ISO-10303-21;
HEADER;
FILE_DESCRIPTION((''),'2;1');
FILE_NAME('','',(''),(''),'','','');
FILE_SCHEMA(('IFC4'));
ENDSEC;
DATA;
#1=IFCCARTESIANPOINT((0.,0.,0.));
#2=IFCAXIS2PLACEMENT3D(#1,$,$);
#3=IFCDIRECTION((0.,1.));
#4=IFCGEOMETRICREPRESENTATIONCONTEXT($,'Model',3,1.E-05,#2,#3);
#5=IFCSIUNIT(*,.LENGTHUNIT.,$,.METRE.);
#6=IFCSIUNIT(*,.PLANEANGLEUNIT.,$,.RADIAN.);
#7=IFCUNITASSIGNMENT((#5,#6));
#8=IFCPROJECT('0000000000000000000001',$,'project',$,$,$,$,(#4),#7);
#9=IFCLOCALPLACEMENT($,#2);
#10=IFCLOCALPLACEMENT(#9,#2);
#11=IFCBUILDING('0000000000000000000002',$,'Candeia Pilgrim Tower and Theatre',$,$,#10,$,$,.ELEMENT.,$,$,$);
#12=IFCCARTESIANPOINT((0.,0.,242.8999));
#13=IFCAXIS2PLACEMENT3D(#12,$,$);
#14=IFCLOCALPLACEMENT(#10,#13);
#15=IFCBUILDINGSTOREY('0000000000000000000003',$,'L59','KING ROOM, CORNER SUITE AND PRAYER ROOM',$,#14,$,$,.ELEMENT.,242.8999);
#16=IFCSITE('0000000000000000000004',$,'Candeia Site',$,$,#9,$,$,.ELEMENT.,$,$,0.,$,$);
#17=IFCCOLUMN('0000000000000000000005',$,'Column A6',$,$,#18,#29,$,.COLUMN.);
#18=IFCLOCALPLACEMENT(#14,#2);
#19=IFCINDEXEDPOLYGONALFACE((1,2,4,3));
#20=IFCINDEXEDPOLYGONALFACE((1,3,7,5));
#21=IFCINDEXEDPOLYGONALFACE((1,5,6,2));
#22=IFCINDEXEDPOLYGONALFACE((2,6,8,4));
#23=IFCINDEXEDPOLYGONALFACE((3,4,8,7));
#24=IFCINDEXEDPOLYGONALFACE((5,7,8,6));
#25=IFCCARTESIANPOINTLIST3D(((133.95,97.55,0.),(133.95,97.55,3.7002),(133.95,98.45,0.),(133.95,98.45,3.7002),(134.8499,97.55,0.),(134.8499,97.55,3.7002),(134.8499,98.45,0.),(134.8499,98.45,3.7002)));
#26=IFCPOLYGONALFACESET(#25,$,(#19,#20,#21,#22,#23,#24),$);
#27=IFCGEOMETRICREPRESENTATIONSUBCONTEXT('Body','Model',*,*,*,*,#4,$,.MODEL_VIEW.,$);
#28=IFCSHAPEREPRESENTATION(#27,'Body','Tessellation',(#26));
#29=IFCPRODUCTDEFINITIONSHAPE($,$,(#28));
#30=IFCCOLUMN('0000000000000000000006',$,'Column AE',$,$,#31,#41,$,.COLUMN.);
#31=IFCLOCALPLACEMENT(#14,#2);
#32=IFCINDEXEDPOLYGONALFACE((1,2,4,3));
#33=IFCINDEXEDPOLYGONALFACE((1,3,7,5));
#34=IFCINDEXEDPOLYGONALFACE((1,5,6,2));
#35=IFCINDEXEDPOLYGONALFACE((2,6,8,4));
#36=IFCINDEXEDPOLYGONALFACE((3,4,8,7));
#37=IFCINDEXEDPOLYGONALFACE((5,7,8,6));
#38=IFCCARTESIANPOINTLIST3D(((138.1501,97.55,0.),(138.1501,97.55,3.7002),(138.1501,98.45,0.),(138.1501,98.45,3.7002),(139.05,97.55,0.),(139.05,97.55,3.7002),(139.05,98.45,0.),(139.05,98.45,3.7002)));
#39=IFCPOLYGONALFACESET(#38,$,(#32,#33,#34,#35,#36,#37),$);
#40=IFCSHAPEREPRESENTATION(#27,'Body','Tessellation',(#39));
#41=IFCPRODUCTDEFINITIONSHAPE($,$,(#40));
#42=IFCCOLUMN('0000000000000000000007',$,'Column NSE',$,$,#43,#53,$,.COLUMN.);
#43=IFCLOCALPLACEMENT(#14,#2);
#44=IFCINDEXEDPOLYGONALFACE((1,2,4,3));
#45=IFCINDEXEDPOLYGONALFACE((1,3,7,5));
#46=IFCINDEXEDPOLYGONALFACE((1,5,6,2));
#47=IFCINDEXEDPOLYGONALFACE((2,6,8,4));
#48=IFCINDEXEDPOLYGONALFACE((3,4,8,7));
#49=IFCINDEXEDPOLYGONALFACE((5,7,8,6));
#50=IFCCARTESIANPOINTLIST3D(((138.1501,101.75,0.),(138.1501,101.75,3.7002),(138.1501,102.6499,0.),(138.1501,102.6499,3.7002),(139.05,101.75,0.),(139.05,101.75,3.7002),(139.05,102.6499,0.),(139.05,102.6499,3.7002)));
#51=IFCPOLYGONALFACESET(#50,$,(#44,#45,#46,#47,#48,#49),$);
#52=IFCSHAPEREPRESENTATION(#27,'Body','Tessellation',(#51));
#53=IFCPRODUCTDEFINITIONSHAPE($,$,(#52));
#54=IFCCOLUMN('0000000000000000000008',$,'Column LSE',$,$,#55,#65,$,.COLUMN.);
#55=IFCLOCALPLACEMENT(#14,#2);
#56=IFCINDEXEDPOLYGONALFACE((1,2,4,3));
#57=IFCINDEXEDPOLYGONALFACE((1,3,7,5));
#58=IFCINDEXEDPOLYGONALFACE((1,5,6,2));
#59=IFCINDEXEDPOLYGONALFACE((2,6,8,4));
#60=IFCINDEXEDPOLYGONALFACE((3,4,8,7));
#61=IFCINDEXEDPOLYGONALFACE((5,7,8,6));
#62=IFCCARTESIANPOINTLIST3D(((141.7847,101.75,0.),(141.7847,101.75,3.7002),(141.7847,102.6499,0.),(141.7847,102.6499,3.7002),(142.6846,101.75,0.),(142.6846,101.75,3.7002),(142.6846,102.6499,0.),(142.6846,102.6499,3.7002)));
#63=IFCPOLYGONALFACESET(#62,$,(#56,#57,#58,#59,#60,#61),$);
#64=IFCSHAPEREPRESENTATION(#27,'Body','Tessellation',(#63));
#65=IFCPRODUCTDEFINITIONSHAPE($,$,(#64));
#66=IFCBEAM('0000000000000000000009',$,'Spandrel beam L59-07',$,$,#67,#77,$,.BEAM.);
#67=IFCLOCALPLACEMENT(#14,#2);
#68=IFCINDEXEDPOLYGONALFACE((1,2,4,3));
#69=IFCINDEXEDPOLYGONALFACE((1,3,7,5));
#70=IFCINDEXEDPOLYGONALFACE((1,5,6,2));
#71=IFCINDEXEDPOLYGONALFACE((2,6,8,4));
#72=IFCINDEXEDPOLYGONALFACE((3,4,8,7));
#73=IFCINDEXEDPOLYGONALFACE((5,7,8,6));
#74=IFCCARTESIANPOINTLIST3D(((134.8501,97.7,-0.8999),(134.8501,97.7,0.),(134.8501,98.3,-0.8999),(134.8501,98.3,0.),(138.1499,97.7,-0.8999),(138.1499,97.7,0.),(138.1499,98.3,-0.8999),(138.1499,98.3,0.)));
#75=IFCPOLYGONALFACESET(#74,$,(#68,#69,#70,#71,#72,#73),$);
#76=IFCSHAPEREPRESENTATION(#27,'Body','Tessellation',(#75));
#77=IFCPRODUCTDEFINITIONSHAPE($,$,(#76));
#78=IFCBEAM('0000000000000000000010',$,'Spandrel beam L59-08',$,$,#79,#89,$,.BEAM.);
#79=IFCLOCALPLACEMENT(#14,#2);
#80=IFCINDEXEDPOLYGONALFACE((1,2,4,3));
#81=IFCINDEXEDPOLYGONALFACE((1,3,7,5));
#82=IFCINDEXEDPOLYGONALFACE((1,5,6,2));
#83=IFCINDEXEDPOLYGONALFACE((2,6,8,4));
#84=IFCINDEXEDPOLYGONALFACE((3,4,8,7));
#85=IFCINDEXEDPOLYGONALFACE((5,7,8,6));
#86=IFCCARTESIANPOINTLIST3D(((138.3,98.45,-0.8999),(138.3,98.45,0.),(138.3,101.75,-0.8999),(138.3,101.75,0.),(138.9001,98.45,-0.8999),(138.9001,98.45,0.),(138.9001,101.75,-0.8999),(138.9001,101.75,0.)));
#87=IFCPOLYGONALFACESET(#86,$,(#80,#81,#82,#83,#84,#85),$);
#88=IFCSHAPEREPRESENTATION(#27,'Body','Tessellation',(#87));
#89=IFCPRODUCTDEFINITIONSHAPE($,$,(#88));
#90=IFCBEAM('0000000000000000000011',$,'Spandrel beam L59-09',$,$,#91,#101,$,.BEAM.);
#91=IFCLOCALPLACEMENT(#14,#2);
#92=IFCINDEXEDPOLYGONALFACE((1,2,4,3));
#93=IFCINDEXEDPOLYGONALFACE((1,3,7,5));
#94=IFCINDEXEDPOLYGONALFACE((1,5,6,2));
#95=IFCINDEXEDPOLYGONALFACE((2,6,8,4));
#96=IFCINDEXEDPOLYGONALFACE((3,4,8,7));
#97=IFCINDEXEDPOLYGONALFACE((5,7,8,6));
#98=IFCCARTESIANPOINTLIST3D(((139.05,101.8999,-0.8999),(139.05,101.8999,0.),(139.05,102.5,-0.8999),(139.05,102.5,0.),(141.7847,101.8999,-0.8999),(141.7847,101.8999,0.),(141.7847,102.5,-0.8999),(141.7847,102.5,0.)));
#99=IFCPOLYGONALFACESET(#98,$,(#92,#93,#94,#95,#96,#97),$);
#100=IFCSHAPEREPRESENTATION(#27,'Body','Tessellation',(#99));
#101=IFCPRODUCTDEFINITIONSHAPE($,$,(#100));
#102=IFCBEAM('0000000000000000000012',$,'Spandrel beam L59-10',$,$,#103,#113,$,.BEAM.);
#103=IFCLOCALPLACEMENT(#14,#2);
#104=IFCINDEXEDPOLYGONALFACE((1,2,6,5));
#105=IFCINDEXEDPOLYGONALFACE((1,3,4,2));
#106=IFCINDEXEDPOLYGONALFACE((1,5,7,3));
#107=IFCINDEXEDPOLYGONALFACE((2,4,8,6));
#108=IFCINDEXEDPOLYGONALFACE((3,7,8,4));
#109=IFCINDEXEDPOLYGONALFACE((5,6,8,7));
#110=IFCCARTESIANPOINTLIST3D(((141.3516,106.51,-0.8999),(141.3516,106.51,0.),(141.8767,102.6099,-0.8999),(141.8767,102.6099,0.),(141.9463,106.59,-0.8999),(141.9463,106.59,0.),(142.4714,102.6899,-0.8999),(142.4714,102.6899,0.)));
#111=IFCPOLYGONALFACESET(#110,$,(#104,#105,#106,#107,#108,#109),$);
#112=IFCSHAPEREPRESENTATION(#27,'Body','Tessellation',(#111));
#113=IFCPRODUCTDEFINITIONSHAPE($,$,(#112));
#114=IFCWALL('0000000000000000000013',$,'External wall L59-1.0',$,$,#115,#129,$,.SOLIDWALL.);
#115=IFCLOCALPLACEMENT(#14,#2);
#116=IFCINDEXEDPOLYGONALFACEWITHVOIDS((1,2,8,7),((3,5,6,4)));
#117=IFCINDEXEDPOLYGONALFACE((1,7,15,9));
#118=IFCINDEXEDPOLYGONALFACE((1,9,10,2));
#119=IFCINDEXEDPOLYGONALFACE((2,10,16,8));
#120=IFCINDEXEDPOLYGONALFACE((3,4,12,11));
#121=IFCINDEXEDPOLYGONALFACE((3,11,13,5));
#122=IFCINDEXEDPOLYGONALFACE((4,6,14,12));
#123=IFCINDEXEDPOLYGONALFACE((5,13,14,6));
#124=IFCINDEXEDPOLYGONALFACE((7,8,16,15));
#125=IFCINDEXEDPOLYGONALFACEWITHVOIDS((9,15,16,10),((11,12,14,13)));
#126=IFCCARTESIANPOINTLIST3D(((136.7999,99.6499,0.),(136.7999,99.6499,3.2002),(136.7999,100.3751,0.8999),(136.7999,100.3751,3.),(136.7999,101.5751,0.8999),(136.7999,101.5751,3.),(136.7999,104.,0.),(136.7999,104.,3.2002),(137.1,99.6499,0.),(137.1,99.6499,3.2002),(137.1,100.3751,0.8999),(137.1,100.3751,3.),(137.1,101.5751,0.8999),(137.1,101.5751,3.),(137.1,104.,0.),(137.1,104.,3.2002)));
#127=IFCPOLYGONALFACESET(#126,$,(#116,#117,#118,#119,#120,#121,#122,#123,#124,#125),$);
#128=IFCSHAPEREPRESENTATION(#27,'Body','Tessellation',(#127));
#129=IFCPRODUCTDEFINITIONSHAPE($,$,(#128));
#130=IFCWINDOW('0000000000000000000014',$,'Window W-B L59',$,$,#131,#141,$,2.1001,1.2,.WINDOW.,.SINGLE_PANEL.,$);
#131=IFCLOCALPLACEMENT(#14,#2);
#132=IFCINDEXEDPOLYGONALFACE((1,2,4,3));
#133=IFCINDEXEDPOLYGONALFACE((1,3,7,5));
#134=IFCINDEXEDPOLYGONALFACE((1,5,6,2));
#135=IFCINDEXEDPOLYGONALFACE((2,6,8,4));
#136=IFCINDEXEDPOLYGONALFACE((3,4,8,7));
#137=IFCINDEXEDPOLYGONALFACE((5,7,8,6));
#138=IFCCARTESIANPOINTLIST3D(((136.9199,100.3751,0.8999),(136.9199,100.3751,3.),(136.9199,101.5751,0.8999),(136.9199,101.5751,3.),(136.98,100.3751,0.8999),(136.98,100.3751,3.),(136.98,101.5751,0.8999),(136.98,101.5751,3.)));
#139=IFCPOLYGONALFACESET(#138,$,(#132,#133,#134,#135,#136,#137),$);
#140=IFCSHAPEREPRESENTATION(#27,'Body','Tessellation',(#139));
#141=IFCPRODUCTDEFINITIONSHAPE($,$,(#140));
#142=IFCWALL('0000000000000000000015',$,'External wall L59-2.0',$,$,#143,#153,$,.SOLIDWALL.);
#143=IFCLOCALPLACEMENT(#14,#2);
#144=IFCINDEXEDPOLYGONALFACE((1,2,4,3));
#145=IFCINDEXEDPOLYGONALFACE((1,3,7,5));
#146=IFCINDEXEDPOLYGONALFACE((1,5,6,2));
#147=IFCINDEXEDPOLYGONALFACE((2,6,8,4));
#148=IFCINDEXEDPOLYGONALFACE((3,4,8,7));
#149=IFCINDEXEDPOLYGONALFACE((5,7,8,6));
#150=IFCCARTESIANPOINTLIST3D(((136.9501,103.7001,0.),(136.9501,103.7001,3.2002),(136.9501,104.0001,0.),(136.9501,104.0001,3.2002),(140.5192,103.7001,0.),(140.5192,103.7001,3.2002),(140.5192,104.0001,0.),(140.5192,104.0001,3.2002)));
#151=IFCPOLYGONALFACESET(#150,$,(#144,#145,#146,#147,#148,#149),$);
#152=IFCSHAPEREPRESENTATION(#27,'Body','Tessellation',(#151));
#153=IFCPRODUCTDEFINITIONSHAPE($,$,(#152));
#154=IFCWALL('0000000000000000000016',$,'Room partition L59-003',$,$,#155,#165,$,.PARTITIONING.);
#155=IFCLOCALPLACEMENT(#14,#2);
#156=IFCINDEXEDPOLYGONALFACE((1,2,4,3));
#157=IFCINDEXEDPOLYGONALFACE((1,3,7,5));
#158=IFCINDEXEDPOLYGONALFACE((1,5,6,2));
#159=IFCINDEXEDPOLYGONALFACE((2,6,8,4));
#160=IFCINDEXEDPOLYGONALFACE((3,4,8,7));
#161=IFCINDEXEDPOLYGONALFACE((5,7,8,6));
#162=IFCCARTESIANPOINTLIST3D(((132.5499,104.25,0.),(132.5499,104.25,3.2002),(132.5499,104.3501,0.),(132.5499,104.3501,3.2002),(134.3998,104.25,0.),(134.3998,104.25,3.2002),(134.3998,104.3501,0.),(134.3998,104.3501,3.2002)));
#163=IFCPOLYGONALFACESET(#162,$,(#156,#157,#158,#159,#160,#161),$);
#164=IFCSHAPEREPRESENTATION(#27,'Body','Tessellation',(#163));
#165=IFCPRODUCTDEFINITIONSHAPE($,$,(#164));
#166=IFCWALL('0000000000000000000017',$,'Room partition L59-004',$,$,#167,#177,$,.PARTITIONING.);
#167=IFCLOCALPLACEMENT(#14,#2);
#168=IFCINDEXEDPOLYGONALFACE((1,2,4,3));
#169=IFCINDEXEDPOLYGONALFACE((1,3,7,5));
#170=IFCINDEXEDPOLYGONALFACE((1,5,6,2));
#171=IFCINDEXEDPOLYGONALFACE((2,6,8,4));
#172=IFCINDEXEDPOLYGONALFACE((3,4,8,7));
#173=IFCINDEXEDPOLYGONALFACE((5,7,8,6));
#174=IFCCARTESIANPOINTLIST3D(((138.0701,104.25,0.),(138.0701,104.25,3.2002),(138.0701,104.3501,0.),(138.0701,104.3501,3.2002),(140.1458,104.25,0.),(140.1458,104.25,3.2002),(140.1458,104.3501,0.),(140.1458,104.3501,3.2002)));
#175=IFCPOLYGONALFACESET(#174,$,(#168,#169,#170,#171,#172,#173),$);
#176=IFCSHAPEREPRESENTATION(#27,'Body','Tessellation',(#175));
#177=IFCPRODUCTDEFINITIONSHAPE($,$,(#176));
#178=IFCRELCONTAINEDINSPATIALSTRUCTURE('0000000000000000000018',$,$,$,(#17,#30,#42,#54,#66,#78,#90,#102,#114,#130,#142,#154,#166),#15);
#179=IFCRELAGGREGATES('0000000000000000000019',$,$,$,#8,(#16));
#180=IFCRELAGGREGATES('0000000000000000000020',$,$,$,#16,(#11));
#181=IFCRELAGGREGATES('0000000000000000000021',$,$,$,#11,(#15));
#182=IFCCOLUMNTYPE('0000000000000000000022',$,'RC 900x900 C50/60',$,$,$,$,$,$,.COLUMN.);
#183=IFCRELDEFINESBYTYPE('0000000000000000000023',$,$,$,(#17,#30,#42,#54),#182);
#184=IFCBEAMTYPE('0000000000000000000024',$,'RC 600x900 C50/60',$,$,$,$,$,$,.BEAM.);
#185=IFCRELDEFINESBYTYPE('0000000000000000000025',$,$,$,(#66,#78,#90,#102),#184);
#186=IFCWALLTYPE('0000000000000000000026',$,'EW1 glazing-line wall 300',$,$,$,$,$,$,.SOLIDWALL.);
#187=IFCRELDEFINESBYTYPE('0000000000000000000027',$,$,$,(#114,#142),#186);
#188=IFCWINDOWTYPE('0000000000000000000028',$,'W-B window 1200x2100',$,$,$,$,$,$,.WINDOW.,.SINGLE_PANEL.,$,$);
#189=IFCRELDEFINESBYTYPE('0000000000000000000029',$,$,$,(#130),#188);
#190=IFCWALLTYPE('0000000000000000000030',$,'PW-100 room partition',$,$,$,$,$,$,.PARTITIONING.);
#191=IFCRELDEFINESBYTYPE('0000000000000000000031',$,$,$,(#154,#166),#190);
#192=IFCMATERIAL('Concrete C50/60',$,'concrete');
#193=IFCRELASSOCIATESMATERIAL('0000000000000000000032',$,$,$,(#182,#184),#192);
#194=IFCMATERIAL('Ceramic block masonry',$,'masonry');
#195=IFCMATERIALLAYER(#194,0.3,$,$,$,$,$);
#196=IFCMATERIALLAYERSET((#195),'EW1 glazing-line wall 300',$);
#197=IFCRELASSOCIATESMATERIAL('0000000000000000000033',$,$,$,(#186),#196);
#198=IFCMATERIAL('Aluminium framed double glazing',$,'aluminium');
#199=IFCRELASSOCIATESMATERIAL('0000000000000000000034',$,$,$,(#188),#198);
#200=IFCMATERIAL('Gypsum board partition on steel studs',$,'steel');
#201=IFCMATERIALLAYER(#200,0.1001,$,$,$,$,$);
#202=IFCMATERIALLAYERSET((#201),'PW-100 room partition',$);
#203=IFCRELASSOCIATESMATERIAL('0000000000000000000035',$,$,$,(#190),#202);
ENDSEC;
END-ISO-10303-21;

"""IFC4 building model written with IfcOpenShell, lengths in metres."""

from ifc_helpers import new_model, si_unit, direction, frame, frame_2d, origin, origin_2d, place, context, subcontext, project, spatial, rectangle, extrude, material, layer, layer_set, material_profile, profile_set, type_object, element, fill, save


model = new_model("IFC4")

# Units and contexts
model_context = context("Model", 3, precision=1e-05, world=origin(), true_north=direction((0.0, 1.0)))
body_context = subcontext(model_context, "Body", "Model", "MODEL_VIEW")
ifc_project = project(units=[si_unit("LENGTHUNIT", "METRE"), si_unit("PLANEANGLEUNIT", "RADIAN")], contexts=[model_context])

# Site, building, storey
site_placement = place(None, origin())
site = spatial("IfcSite", under=ifc_project, at=site_placement, Name="Candeia Site", CompositionType="ELEMENT", RefElevation=0.0)
building_placement = place(site_placement, origin())
building = spatial("IfcBuilding", under=site, at=building_placement, Name="Candeia Pilgrim Tower and Theatre", CompositionType="ELEMENT")
storey_placement = place(building_placement, frame((0.0, 0.0, 242.8999)))
storey = spatial("IfcBuildingStorey", under=building, at=storey_placement, Name="L59", Description="KING ROOM, CORNER SUITE AND PRAYER ROOM", CompositionType="ELEMENT", Elevation=242.8999)

# Columns
ifc_material_1 = material(Name="Concrete C50/60", Category="concrete")
ifc_material_profile_1 = material_profile(ifc_material_1, rectangle(XDim=0.8999, YDim=0.8999, at=origin_2d()))
ifc_profile_set_1 = profile_set([ifc_material_profile_1], Name="Concrete C50/60")
column_type = type_object("IfcColumnType", Name="RC 900x900 C50/60", PredefinedType="COLUMN", material=ifc_profile_set_1)
for number, where, z_axis, x_axis, name in (
    (1, (134.3999, 98.0, 0.0), (0.0, 0.0, 1.0), (1.0, 0.0, 0.0), "Column A6"),
    (2, (138.6001, 98.0, 0.0), (0.0, 0.0, 1.0), (1.0, 0.0, 0.0), "Column AE"),
    (3, (138.6001, 102.2, 0.0), (0.0, 0.0, 1.0), (1.0, 0.0, 0.0), "Column NSE"),
    (4, (142.2346, 102.2, 0.0), (0.0, 0.0, 1.0), (1.0, 0.0, 0.0), "Column LSE"),
):
    element("IfcColumn", number, at=place(storey_placement, frame(where, z_axis=z_axis, x_axis=x_axis)), inside=storey, type_object=column_type, Name=name, PredefinedType="COLUMN", context=body_context, shape_type="SweptSolid", body=[
        extrude(rectangle(XDim=0.8999, YDim=0.8999, at=origin_2d()), origin(), (0.0, 0.0, 1.0), 3.7002),
    ])

# Beams
ifc_material_profile_2 = material_profile(ifc_material_1, rectangle(XDim=0.6001, YDim=0.8999, at=origin_2d()))
ifc_profile_set_2 = profile_set([ifc_material_profile_2], Name="Concrete C50/60")
beam_type = type_object("IfcBeamType", Name="RC 600x900 C50/60", PredefinedType="BEAM", material=ifc_profile_set_2)
beam_1_placement = place(storey_placement, frame((134.8501, 98.0, -0.45), z_axis=(1.0, 0.0, 0.0), x_axis=(0.0, 1.0, 0.0)))
element("IfcBeam", 5, at=beam_1_placement, inside=storey, type_object=beam_type, Name="Spandrel beam L59-07", PredefinedType="BEAM", context=body_context, shape_type="SweptSolid", body=[
    extrude(rectangle(XDim=0.6001, YDim=0.8999, at=origin_2d()), origin(), (0.0, 0.0, 1.0), 3.2998),
])
beam_2_placement = place(storey_placement, frame((138.6001, 98.45, -0.45), z_axis=(0.0, 1.0, 0.0), x_axis=(-1.0, 0.0, 0.0)))
element("IfcBeam", 6, at=beam_2_placement, inside=storey, type_object=beam_type, Name="Spandrel beam L59-08", PredefinedType="BEAM", context=body_context, shape_type="SweptSolid", body=[
    extrude(rectangle(XDim=0.6001, YDim=0.8999, at=origin_2d()), origin(), (0.0, 0.0, 1.0), 3.3),
])
beam_3_placement = place(storey_placement, frame((139.05, 102.2, -0.45), z_axis=(1.0, 0.0, 0.0), x_axis=(0.0, 1.0, 0.0)))
element("IfcBeam", 7, at=beam_3_placement, inside=storey, type_object=beam_type, Name="Spandrel beam L59-09", PredefinedType="BEAM", context=body_context, shape_type="SweptSolid", body=[
    extrude(rectangle(XDim=0.6001, YDim=0.8999, at=origin_2d()), origin(), (0.0, 0.0, 1.0), 2.7346),
])
beam_4_placement = place(storey_placement, frame((142.1741, 102.6499, -0.45), z_axis=(-0.133444, 0.991056, 0.0), x_axis=(-0.991056, -0.133444, 0.0)))
element("IfcBeam", 8, at=beam_4_placement, inside=storey, type_object=beam_type, Name="Spandrel beam L59-10", PredefinedType="BEAM", context=body_context, shape_type="SweptSolid", body=[
    extrude(rectangle(XDim=0.6001, YDim=0.8999, at=origin_2d()), origin(), (0.0, 0.0, 1.0), 3.9353),
])

# Wall, opening, window
ifc_material_2 = material(Name="Ceramic block masonry", Category="masonry")
ifc_layer_1 = layer(ifc_material_2, 0.3)
ifc_layer_set_1 = layer_set([ifc_layer_1], Name="EW1 glazing-line wall 300")
wall_type_1 = type_object("IfcWallType", Name="EW1 glazing-line wall 300", PredefinedType="SOLIDWALL", material=ifc_layer_set_1)
wall_1_placement = place(storey_placement, frame((136.95, 99.6499, 0.0), z_axis=(0.0, 0.0, 1.0), x_axis=(0.0, 1.0, 0.0)))
wall_1 = element("IfcWall", 9, at=wall_1_placement, inside=storey, type_object=wall_type_1, Name="External wall L59-1.0", PredefinedType="SOLIDWALL", context=body_context, shape_type="SweptSolid", body=[
    extrude(rectangle(XDim=4.3501, YDim=0.3, at=frame_2d((2.175, 0.0))), origin(), (0.0, 0.0, 1.0), 3.2002),
])
opening_1_placement = place(wall_1_placement, frame((0.7251, 0.0, 0.8999)))
opening_1 = element("IfcOpeningElement", 10, at=opening_1_placement, cuts=wall_1, PredefinedType="OPENING", context=body_context, shape_type="SweptSolid", body=[
    extrude(rectangle(XDim=1.2, YDim=2.1001, at=frame_2d((0.6001, 1.05))), frame((0.0, 0.1602, 0.0), z_axis=(0.0, -1.0, 0.0), x_axis=(1.0, 0.0, 0.0)), (0.0, 0.0, 1.0), 0.3201),
])
ifc_material_3 = material(Name="Aluminium framed double glazing", Category="aluminium")
window_type = type_object("IfcWindowType", Name="W-B window 1200x2100", PartitioningType="SINGLE_PANEL", PredefinedType="WINDOW", material=ifc_material_3)
window_1_placement = place(opening_1_placement, origin())
window_1 = element("IfcWindow", 11, at=window_1_placement, inside=storey, type_object=window_type, Name="Window W-B L59", OverallHeight=2.1001, OverallWidth=1.2, PartitioningType="SINGLE_PANEL", PredefinedType="WINDOW", context=body_context, shape_type="SweptSolid", body=[
    extrude(rectangle(XDim=1.2, YDim=2.1001, at=frame_2d((0.6001, 1.05))), frame((0.0, 0.03, 0.0), z_axis=(0.0, -1.0, 0.0), x_axis=(1.0, 0.0, 0.0)), (0.0, 0.0, 1.0), 0.0601),
])
fill(opening_1, window_1)

# Wall
wall_2_placement = place(storey_placement, frame((136.95, 103.8501, 0.0), z_axis=(0.0, 0.0, 1.0), x_axis=(1.0, 0.0, 0.0)))
element("IfcWall", 12, at=wall_2_placement, inside=storey, type_object=wall_type_1, Name="External wall L59-2.0", PredefinedType="SOLIDWALL", context=body_context, shape_type="SweptSolid", body=[
    extrude(rectangle(XDim=3.5691, YDim=0.3, at=frame_2d((1.7847, 0.0))), origin(), (0.0, 0.0, 1.0), 3.2002),
])

# Walls
ifc_material_4 = material(Name="Gypsum board partition on steel studs", Category="steel")
ifc_layer_2 = layer(ifc_material_4, 0.1001)
ifc_layer_set_2 = layer_set([ifc_layer_2], Name="PW-100 room partition")
wall_type_2 = type_object("IfcWallType", Name="PW-100 room partition", PredefinedType="PARTITIONING", material=ifc_layer_set_2)
wall_3_placement = place(storey_placement, frame((132.55, 104.3, 0.0), z_axis=(0.0, 0.0, 1.0), x_axis=(1.0, 0.0, 0.0)))
element("IfcWall", 13, at=wall_3_placement, inside=storey, type_object=wall_type_2, Name="Room partition L59-003", PredefinedType="PARTITIONING", context=body_context, shape_type="SweptSolid", body=[
    extrude(rectangle(XDim=1.8499, YDim=0.1001, at=frame_2d((0.9248, 0.0))), origin(), (0.0, 0.0, 1.0), 3.2002),
])
wall_4_placement = place(storey_placement, frame((138.0701, 104.3, 0.0), z_axis=(0.0, 0.0, 1.0), x_axis=(1.0, 0.0, 0.0)))
element("IfcWall", 14, at=wall_4_placement, inside=storey, type_object=wall_type_2, Name="Room partition L59-004", PredefinedType="PARTITIONING", context=body_context, shape_type="SweptSolid", body=[
    extrude(rectangle(XDim=2.0757, YDim=0.1001, at=frame_2d((1.0378, 0.0))), origin(), (0.0, 0.0, 1.0), 3.2002),
])

save(model, "model.ifc")
